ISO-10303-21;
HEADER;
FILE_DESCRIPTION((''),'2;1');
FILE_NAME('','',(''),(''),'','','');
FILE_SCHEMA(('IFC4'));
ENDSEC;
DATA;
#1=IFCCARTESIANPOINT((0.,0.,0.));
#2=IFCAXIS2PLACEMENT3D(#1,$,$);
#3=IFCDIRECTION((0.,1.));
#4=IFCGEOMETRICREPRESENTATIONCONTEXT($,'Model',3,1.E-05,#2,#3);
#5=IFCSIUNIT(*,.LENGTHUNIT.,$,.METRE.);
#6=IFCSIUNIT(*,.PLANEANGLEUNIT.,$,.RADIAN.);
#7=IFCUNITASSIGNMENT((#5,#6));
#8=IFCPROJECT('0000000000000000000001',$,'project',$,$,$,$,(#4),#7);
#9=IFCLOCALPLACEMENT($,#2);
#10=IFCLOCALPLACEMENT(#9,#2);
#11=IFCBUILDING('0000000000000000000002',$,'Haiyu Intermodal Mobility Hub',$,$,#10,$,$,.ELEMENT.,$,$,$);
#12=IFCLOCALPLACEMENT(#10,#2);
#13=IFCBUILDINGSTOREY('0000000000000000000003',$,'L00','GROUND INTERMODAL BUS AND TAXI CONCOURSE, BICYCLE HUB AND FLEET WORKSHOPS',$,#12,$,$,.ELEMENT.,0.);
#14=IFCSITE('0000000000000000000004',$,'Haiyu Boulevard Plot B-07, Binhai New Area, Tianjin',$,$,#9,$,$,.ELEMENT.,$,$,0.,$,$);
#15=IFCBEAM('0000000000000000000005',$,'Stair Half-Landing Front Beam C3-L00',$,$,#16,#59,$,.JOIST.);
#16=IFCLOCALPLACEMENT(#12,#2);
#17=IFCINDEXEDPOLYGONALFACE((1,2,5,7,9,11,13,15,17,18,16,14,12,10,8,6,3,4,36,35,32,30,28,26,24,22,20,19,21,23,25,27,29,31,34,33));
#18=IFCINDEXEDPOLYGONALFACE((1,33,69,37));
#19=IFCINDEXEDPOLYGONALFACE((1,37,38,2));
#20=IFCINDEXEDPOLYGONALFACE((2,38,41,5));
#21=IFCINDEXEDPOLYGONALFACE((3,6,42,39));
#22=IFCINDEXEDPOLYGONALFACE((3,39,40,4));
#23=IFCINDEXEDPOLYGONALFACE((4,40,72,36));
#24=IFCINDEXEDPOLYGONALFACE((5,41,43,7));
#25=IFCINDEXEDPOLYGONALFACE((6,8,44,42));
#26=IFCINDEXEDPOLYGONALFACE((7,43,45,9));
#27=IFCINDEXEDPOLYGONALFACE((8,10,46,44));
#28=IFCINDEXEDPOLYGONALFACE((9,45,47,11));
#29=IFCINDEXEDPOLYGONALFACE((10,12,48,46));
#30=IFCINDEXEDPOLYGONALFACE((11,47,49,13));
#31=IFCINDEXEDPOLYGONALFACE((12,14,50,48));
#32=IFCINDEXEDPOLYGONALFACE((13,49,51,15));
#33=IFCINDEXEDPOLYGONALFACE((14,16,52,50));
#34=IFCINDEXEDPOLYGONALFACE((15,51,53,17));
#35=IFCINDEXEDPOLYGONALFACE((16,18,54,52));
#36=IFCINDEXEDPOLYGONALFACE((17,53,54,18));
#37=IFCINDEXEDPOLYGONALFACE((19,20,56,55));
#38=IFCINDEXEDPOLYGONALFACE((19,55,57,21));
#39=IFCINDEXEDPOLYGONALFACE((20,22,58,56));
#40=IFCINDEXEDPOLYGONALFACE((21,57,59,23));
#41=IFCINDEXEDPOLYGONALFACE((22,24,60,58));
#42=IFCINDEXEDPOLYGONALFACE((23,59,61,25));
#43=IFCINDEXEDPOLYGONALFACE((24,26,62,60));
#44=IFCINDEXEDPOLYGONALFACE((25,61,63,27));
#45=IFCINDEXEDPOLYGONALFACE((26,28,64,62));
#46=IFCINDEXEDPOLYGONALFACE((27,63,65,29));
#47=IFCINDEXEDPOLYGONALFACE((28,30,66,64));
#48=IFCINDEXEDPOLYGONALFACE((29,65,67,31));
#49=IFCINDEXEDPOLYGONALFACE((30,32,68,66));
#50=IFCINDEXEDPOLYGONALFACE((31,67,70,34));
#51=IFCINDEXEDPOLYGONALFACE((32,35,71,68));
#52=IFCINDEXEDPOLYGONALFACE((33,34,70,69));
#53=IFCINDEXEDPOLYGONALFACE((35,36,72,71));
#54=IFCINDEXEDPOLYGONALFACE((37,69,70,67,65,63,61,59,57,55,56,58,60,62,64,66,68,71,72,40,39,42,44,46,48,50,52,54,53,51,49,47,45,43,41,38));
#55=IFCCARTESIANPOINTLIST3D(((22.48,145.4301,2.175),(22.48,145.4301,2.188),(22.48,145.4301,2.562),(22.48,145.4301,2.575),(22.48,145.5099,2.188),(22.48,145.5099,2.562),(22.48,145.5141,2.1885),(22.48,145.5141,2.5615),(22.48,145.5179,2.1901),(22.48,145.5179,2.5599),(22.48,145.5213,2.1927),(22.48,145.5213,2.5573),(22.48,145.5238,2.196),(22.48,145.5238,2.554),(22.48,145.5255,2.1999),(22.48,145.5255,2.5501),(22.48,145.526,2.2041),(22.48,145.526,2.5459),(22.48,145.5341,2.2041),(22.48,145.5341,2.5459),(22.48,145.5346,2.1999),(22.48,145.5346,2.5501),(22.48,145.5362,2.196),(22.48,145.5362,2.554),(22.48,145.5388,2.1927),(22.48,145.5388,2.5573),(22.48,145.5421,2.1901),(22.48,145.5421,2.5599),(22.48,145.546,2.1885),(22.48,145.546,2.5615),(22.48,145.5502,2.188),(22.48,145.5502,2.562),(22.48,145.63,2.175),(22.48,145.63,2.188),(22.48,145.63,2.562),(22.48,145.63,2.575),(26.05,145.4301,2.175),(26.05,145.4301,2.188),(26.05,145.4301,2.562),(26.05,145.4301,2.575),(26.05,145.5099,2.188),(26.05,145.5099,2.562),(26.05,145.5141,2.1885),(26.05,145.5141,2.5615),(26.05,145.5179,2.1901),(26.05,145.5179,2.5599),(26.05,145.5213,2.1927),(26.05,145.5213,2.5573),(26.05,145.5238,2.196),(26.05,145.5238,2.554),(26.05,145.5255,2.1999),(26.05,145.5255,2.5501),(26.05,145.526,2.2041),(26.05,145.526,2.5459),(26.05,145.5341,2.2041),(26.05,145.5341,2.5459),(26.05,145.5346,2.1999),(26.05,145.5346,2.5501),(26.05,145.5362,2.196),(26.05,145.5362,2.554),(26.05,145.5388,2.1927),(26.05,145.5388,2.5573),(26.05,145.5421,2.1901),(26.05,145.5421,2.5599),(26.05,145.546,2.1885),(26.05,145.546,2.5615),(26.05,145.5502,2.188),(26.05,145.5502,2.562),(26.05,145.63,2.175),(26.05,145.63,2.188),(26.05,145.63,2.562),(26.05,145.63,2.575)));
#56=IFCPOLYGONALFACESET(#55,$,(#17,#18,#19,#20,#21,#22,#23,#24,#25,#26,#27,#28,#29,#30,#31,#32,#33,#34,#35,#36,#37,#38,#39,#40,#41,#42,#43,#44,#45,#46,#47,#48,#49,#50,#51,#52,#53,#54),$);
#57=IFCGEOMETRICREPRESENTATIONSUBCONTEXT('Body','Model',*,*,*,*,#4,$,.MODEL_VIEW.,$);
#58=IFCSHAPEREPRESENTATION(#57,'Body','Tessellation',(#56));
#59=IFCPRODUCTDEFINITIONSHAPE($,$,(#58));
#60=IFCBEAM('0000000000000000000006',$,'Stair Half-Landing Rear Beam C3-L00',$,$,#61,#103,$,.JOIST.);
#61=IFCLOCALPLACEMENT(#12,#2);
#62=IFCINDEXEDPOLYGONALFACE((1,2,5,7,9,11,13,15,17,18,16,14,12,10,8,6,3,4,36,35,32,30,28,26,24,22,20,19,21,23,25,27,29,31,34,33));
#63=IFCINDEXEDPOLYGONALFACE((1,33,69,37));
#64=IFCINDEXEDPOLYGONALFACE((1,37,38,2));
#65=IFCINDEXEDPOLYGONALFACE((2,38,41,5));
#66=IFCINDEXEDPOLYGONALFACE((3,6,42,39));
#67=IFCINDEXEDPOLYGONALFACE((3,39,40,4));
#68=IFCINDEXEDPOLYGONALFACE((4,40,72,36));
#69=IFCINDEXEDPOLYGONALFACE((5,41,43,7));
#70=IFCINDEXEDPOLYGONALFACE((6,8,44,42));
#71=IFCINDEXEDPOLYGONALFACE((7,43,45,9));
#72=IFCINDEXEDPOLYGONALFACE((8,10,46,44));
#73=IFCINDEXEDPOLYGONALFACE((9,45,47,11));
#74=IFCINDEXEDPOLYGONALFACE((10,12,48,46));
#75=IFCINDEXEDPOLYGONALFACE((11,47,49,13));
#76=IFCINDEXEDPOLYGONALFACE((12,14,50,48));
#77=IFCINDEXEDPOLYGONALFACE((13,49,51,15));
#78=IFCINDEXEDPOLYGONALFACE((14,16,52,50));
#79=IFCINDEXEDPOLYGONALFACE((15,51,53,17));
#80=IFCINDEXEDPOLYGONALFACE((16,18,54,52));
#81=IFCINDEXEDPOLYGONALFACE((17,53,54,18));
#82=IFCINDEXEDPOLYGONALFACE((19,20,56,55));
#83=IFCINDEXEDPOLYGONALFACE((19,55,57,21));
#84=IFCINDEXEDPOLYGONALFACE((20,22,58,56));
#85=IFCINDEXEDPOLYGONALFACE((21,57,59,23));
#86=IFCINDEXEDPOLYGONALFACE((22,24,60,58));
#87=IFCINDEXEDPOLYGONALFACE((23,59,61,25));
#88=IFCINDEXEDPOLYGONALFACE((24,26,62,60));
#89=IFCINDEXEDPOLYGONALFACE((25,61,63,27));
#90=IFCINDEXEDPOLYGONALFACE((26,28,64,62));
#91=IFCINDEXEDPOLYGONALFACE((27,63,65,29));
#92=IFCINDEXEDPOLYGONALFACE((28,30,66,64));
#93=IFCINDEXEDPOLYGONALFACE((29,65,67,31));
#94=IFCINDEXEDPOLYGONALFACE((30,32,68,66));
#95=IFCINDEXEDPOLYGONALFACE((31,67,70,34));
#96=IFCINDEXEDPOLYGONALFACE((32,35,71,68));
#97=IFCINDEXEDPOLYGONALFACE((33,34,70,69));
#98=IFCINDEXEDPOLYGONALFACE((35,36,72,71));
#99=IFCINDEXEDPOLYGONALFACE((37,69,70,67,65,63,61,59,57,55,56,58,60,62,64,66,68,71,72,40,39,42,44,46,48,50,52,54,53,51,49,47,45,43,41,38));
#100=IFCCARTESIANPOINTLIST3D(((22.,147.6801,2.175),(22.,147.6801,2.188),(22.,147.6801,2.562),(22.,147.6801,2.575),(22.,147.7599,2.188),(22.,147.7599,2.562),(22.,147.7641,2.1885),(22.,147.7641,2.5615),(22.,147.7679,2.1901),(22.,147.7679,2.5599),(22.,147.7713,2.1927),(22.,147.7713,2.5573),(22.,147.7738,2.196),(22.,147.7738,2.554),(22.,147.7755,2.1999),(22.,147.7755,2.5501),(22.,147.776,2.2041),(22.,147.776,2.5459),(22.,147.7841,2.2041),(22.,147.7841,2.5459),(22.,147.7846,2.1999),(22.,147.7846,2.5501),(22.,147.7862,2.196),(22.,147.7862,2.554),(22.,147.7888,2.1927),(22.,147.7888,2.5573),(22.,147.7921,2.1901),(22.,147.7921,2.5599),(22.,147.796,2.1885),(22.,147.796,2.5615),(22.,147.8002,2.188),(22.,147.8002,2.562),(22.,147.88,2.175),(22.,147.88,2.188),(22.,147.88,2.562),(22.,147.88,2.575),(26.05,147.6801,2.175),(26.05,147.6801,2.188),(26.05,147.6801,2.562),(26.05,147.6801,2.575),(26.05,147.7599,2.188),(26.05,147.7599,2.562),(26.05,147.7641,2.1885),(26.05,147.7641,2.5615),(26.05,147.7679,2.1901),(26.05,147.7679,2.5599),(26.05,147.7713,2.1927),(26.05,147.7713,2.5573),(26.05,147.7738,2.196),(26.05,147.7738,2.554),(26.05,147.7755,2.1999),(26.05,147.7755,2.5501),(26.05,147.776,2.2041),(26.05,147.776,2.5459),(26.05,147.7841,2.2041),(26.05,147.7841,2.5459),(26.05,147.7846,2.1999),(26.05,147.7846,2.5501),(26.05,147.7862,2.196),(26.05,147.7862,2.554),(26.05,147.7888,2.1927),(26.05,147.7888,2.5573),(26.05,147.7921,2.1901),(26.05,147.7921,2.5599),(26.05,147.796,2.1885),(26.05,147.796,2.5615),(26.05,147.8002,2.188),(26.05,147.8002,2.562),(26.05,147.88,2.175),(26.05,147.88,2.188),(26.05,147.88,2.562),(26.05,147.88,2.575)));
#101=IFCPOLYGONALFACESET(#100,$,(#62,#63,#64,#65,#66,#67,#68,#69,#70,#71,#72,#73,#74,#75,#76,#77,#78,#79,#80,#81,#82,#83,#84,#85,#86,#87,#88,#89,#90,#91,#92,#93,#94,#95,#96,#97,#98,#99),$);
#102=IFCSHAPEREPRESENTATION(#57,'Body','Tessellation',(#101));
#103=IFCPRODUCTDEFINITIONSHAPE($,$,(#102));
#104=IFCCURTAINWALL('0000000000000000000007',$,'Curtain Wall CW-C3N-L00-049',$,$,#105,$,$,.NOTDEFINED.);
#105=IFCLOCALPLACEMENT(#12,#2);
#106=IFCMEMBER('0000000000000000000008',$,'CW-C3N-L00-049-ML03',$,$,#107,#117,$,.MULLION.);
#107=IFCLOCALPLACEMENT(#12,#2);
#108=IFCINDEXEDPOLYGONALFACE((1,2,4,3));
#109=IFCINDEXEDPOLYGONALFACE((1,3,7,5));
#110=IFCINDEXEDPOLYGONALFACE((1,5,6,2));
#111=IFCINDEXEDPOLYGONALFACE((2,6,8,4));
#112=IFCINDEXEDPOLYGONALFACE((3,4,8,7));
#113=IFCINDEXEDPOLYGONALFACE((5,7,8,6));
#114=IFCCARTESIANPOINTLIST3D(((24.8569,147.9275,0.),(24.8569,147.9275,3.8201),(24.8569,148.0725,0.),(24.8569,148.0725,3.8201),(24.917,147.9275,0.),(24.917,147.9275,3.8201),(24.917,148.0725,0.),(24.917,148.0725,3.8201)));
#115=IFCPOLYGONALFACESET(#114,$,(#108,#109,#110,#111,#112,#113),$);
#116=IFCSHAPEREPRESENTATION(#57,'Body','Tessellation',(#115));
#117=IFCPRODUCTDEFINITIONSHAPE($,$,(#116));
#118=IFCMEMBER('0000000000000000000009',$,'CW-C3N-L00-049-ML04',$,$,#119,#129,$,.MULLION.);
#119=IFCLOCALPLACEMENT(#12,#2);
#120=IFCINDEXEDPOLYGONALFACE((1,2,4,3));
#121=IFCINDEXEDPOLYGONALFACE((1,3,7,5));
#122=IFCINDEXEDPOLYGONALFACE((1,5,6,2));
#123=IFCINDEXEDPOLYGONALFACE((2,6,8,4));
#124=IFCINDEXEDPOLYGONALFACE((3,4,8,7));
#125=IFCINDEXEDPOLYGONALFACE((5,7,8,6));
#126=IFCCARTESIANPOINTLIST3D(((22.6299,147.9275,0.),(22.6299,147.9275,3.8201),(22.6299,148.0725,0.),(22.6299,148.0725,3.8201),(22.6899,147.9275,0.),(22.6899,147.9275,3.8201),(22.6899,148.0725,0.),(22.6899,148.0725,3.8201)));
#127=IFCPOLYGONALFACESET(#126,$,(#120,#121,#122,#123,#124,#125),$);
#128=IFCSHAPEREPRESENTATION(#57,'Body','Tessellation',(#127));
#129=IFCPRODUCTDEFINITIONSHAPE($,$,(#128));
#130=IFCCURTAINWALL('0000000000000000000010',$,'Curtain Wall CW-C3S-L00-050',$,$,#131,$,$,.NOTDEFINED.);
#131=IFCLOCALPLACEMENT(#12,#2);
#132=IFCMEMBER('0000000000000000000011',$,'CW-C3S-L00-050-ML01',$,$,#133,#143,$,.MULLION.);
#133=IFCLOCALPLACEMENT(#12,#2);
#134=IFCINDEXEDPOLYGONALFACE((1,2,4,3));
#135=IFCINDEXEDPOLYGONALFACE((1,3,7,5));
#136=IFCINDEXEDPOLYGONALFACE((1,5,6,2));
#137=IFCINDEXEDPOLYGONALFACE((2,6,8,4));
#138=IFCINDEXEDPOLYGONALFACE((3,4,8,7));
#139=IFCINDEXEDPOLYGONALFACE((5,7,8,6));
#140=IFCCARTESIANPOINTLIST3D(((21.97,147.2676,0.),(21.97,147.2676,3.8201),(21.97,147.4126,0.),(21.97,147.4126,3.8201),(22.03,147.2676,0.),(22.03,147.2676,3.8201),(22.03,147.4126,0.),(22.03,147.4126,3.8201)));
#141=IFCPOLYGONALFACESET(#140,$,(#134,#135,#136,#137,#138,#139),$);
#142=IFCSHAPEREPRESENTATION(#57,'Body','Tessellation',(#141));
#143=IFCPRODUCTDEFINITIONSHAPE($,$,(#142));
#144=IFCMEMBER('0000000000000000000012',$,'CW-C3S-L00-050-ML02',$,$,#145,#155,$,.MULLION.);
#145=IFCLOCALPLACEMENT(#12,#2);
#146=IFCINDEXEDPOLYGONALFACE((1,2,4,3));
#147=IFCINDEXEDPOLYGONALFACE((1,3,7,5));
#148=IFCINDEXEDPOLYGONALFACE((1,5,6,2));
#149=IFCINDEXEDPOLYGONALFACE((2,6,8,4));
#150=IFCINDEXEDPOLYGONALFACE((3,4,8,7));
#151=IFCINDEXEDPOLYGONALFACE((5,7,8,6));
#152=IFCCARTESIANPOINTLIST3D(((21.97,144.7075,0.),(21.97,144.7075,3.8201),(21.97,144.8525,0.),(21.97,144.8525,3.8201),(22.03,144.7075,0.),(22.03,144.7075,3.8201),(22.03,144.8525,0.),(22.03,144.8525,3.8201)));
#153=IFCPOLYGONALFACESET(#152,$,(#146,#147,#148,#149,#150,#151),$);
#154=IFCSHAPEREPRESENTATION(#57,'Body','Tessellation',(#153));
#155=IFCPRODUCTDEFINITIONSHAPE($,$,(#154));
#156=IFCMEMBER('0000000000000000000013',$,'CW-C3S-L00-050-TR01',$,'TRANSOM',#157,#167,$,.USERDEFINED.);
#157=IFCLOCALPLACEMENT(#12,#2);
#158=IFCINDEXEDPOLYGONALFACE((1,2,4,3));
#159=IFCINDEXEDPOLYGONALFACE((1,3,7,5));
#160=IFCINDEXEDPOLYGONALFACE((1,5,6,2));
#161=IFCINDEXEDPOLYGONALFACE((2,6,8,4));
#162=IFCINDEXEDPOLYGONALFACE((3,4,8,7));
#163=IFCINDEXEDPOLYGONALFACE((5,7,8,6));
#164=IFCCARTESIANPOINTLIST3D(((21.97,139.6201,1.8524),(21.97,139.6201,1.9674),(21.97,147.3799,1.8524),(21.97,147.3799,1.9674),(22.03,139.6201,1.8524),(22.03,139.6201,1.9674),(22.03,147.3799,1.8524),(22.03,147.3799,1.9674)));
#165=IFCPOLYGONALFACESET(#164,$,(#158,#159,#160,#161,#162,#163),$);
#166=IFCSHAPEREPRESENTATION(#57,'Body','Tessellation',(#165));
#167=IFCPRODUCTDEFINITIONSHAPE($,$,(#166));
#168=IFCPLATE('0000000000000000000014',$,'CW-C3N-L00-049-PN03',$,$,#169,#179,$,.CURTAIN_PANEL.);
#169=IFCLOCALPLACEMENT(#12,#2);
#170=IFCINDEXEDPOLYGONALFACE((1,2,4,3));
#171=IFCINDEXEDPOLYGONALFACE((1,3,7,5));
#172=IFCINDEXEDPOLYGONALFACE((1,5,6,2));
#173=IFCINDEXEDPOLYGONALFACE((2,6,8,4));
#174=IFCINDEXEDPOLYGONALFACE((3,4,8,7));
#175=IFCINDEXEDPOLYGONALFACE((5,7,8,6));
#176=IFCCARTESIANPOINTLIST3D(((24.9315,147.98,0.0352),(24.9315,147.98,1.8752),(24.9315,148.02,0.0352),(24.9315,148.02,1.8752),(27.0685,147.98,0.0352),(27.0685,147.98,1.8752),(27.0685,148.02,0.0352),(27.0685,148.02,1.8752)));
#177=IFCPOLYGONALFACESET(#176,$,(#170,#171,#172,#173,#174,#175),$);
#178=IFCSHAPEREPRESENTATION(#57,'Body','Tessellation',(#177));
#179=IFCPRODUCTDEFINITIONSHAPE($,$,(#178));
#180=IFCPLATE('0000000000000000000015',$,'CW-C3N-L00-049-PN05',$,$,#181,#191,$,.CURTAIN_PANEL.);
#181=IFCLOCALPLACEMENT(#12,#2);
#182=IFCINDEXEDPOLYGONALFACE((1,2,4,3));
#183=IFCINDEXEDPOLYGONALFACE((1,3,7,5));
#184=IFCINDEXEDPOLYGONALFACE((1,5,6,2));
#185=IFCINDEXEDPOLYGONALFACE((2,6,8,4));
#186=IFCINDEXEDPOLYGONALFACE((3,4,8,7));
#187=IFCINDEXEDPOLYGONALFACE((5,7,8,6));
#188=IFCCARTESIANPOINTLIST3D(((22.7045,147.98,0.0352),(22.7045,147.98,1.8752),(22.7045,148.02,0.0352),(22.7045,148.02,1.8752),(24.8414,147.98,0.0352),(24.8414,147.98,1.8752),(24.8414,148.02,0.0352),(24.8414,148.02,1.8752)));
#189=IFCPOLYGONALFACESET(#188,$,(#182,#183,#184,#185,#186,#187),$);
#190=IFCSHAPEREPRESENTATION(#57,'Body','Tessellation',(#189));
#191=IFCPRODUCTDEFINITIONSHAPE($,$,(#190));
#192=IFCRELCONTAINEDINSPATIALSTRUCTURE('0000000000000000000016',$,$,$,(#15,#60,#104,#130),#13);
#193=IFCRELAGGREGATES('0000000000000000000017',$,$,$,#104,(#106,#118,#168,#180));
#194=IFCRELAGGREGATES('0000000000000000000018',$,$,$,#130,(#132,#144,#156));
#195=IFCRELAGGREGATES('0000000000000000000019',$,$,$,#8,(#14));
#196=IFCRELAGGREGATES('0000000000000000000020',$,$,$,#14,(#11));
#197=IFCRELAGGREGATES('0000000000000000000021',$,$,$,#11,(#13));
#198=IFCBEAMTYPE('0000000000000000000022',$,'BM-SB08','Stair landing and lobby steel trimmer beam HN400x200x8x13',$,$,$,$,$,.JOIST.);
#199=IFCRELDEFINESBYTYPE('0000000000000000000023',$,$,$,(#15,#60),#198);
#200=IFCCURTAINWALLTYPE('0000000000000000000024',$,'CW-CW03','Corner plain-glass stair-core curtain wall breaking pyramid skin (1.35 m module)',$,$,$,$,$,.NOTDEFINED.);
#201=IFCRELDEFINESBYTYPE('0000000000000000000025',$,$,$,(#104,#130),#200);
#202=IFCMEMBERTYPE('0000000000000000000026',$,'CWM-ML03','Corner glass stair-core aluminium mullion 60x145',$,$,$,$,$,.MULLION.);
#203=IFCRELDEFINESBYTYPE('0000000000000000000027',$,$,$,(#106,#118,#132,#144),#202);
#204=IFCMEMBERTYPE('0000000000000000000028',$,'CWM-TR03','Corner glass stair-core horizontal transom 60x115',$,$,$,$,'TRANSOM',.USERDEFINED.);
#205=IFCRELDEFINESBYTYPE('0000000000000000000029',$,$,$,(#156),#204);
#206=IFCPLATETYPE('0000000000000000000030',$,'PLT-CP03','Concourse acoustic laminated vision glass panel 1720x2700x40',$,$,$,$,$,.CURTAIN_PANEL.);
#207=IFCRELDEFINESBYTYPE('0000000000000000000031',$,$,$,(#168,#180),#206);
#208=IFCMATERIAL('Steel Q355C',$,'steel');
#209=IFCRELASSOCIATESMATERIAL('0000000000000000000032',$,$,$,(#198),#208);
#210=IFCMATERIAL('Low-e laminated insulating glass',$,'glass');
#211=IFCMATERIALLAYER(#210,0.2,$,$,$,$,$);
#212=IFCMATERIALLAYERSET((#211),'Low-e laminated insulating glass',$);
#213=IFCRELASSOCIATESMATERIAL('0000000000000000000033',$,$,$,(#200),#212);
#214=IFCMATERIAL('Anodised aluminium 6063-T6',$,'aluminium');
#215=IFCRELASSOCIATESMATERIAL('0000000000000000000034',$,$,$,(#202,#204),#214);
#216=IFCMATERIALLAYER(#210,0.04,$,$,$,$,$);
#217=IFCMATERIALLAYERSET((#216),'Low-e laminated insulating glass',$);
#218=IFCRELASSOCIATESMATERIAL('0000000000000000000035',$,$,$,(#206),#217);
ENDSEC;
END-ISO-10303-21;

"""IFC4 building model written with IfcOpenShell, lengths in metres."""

from ifc_helpers import new_model, si_unit, direction, frame, origin, origin_2d, place, context, subcontext, project, spatial, rectangle, i_section, extrude, material, layer, layer_set, material_profile, profile_set, type_object, element, aggregate, save


model = new_model("IFC4")

# Units and contexts
model_context = context("Model", 3, precision=1e-05, world=origin(), true_north=direction((0.0, 1.0)))
body_context = subcontext(model_context, "Body", "Model", "MODEL_VIEW")
ifc_project = project(units=[si_unit("LENGTHUNIT", "METRE"), si_unit("PLANEANGLEUNIT", "RADIAN")], contexts=[model_context])

# Site, building, storey
site_placement = place(None, origin())
site = spatial("IfcSite", under=ifc_project, at=site_placement, Name="Haiyu Boulevard Plot B-07, Binhai New Area, Tianjin", CompositionType="ELEMENT", RefElevation=0.0)
building_placement = place(site_placement, origin())
building = spatial("IfcBuilding", under=site, at=building_placement, Name="Haiyu Intermodal Mobility Hub", CompositionType="ELEMENT")
storey_placement = place(building_placement, origin())
storey = spatial("IfcBuildingStorey", under=building, at=storey_placement, Name="L00", Description="GROUND INTERMODAL BUS AND TAXI CONCOURSE, BICYCLE HUB AND FLEET WORKSHOPS", CompositionType="ELEMENT", Elevation=0.0)

# Shared definitions
ifc_material_1 = material(Name="Steel Q355C", Category="steel")

# Beams
ifc_material_profile_1 = material_profile(ifc_material_1, i_section(OverallWidth=0.2, OverallDepth=0.3999, WebThickness=0.0081, FlangeThickness=0.0129, FilletRadius=0.0161, at=origin_2d()), Name="HN400x200x8x13")
ifc_profile_set_1 = profile_set([ifc_material_profile_1], Name="Steel Q355C")
beam_type = type_object("IfcBeamType", Name="BM-SB08", Description="Stair landing and lobby steel trimmer beam HN400x200x8x13", PredefinedType="JOIST", material=ifc_profile_set_1)
beam_1_placement = place(storey_placement, frame((22.48, 145.53, 2.375), z_axis=(1.0, 0.0, 0.0), x_axis=(0.0, 1.0, 0.0)))
element("IfcBeam", 1, at=beam_1_placement, inside=storey, type_object=beam_type, Name="Stair Half-Landing Front Beam C3-L00", PredefinedType="JOIST", context=body_context, shape_type="SweptSolid", body=[
    extrude(i_section(OverallWidth=0.2, OverallDepth=0.3999, WebThickness=0.0081, FlangeThickness=0.0129, FilletRadius=0.0161, at=origin_2d()), origin(), (0.0, 0.0, 1.0), 3.5701),
])
beam_2_placement = place(storey_placement, frame((22.0, 147.78, 2.375), z_axis=(1.0, 0.0, 0.0), x_axis=(0.0, 1.0, 0.0)))
element("IfcBeam", 2, at=beam_2_placement, inside=storey, type_object=beam_type, Name="Stair Half-Landing Rear Beam C3-L00", PredefinedType="JOIST", context=body_context, shape_type="SweptSolid", body=[
    extrude(i_section(OverallWidth=0.2, OverallDepth=0.3999, WebThickness=0.0081, FlangeThickness=0.0129, FilletRadius=0.0161, at=origin_2d()), origin(), (0.0, 0.0, 1.0), 4.05),
])

# Curtain walls, members
ifc_material_2 = material(Name="Low-e laminated insulating glass", Category="glass")
ifc_layer_1 = layer(ifc_material_2, 0.2)
ifc_layer_set_1 = layer_set([ifc_layer_1], Name="Low-e laminated insulating glass")
curtain_wall_type = type_object("IfcCurtainWallType", Name="CW-CW03", Description="Corner plain-glass stair-core curtain wall breaking pyramid skin (1.35 m module)", PredefinedType="NOTDEFINED", material=ifc_layer_set_1)
curtain_wall_1_placement = place(storey_placement, origin())
curtain_wall_1 = element("IfcCurtainWall", 3, at=curtain_wall_1_placement, inside=storey, type_object=curtain_wall_type, Name="Curtain Wall CW-C3N-L00-049", PredefinedType="NOTDEFINED")
ifc_material_3 = material(Name="Anodised aluminium 6063-T6", Category="aluminium")
ifc_material_profile_2 = material_profile(ifc_material_3, rectangle(XDim=0.0601, YDim=0.145, at=origin_2d()), Name="ALU60x145")
ifc_profile_set_2 = profile_set([ifc_material_profile_2], Name="Anodised aluminium 6063-T6")
member_type_1 = type_object("IfcMemberType", Name="CWM-ML03", Description="Corner glass stair-core aluminium mullion 60x145", PredefinedType="MULLION", material=ifc_profile_set_2)
member_1_placement = place(storey_placement, frame((24.887, 148.0, 0.0), z_axis=(0.0, 0.0, 1.0), x_axis=(1.0, 0.0, 0.0)))
member_1 = element("IfcMember", 4, at=member_1_placement, type_object=member_type_1, Name="CW-C3N-L00-049-ML03", PredefinedType="MULLION", context=body_context, shape_type="SweptSolid", body=[
    extrude(rectangle(XDim=0.0601, YDim=0.145, at=origin_2d()), origin(), (0.0, 0.0, 1.0), 3.8201),
])
member_2_placement = place(storey_placement, frame((22.6599, 148.0, 0.0), z_axis=(0.0, 0.0, 1.0), x_axis=(1.0, 0.0, 0.0)))
member_2 = element("IfcMember", 5, at=member_2_placement, type_object=member_type_1, Name="CW-C3N-L00-049-ML04", PredefinedType="MULLION", context=body_context, shape_type="SweptSolid", body=[
    extrude(rectangle(XDim=0.0601, YDim=0.145, at=origin_2d()), origin(), (0.0, 0.0, 1.0), 3.8201),
])
curtain_wall_2_placement = place(storey_placement, origin())
curtain_wall_2 = element("IfcCurtainWall", 6, at=curtain_wall_2_placement, inside=storey, type_object=curtain_wall_type, Name="Curtain Wall CW-C3S-L00-050", PredefinedType="NOTDEFINED")
member_3_placement = place(storey_placement, frame((22.0, 147.3401, 0.0), z_axis=(0.0, 0.0, 1.0), x_axis=(1.0, 0.0, 0.0)))
member_3 = element("IfcMember", 7, at=member_3_placement, type_object=member_type_1, Name="CW-C3S-L00-050-ML01", PredefinedType="MULLION", context=body_context, shape_type="SweptSolid", body=[
    extrude(rectangle(XDim=0.0601, YDim=0.145, at=origin_2d()), origin(), (0.0, 0.0, 1.0), 3.8201),
])
member_4_placement = place(storey_placement, frame((22.0, 144.78, 0.0), z_axis=(0.0, 0.0, 1.0), x_axis=(1.0, 0.0, 0.0)))
member_4 = element("IfcMember", 8, at=member_4_placement, type_object=member_type_1, Name="CW-C3S-L00-050-ML02", PredefinedType="MULLION", context=body_context, shape_type="SweptSolid", body=[
    extrude(rectangle(XDim=0.0601, YDim=0.145, at=origin_2d()), origin(), (0.0, 0.0, 1.0), 3.8201),
])
ifc_material_profile_3 = material_profile(ifc_material_3, rectangle(XDim=0.0601, YDim=0.115, at=origin_2d()), Name="ALU60x115")
ifc_profile_set_3 = profile_set([ifc_material_profile_3], Name="Anodised aluminium 6063-T6")
member_type_2 = type_object("IfcMemberType", Name="CWM-TR03", Description="Corner glass stair-core horizontal transom 60x115", ElementType="TRANSOM", PredefinedType="USERDEFINED", material=ifc_profile_set_3)
member_5_placement = place(storey_placement, frame((22.0, 147.3799, 1.9099), z_axis=(0.0, -1.0, 0.0), x_axis=(1.0, 0.0, 0.0)))
member_5 = element("IfcMember", 9, at=member_5_placement, type_object=member_type_2, Name="CW-C3S-L00-050-TR01", ObjectType="TRANSOM", PredefinedType="USERDEFINED", context=body_context, shape_type="SweptSolid", body=[
    extrude(rectangle(XDim=0.0601, YDim=0.115, at=origin_2d()), origin(), (0.0, 0.0, 1.0), 7.7598),
])

# Plates
ifc_layer_2 = layer(ifc_material_2, 0.04)
ifc_layer_set_2 = layer_set([ifc_layer_2], Name="Low-e laminated insulating glass")
plate_type_1 = type_object("IfcPlateType", Name="PLT-CP03", Description="Concourse acoustic laminated vision glass panel 1720x2700x40", PredefinedType="CURTAIN_PANEL", material=ifc_layer_set_2)
plate_1_placement = place(storey_placement, frame((26.0, 148.0, 0.0352), z_axis=(0.0, 0.0, 1.0), x_axis=(-1.0, 0.0, 0.0)))
plate_1 = element("IfcPlate", 10, at=plate_1_placement, type_object=plate_type_1, Name="CW-C3N-L00-049-PN03", PredefinedType="CURTAIN_PANEL", context=body_context, shape_type="SweptSolid", body=[
    extrude(rectangle(XDim=2.137, YDim=0.04, at=origin_2d()), origin(), (0.0, 0.0, 1.0), 1.8401),
])
plate_2_placement = place(storey_placement, frame((23.7729, 148.0, 0.0352), z_axis=(0.0, 0.0, 1.0), x_axis=(-1.0, 0.0, 0.0)))
plate_2 = element("IfcPlate", 11, at=plate_2_placement, type_object=plate_type_1, Name="CW-C3N-L00-049-PN05", PredefinedType="CURTAIN_PANEL", context=body_context, shape_type="SweptSolid", body=[
    extrude(rectangle(XDim=2.137, YDim=0.04, at=origin_2d()), origin(), (0.0, 0.0, 1.0), 1.8401),
])
aggregate(curtain_wall_1, [member_1, member_2, plate_1, plate_2])
aggregate(curtain_wall_2, [member_3, member_4, member_5])

save(model, "model.ifc")
